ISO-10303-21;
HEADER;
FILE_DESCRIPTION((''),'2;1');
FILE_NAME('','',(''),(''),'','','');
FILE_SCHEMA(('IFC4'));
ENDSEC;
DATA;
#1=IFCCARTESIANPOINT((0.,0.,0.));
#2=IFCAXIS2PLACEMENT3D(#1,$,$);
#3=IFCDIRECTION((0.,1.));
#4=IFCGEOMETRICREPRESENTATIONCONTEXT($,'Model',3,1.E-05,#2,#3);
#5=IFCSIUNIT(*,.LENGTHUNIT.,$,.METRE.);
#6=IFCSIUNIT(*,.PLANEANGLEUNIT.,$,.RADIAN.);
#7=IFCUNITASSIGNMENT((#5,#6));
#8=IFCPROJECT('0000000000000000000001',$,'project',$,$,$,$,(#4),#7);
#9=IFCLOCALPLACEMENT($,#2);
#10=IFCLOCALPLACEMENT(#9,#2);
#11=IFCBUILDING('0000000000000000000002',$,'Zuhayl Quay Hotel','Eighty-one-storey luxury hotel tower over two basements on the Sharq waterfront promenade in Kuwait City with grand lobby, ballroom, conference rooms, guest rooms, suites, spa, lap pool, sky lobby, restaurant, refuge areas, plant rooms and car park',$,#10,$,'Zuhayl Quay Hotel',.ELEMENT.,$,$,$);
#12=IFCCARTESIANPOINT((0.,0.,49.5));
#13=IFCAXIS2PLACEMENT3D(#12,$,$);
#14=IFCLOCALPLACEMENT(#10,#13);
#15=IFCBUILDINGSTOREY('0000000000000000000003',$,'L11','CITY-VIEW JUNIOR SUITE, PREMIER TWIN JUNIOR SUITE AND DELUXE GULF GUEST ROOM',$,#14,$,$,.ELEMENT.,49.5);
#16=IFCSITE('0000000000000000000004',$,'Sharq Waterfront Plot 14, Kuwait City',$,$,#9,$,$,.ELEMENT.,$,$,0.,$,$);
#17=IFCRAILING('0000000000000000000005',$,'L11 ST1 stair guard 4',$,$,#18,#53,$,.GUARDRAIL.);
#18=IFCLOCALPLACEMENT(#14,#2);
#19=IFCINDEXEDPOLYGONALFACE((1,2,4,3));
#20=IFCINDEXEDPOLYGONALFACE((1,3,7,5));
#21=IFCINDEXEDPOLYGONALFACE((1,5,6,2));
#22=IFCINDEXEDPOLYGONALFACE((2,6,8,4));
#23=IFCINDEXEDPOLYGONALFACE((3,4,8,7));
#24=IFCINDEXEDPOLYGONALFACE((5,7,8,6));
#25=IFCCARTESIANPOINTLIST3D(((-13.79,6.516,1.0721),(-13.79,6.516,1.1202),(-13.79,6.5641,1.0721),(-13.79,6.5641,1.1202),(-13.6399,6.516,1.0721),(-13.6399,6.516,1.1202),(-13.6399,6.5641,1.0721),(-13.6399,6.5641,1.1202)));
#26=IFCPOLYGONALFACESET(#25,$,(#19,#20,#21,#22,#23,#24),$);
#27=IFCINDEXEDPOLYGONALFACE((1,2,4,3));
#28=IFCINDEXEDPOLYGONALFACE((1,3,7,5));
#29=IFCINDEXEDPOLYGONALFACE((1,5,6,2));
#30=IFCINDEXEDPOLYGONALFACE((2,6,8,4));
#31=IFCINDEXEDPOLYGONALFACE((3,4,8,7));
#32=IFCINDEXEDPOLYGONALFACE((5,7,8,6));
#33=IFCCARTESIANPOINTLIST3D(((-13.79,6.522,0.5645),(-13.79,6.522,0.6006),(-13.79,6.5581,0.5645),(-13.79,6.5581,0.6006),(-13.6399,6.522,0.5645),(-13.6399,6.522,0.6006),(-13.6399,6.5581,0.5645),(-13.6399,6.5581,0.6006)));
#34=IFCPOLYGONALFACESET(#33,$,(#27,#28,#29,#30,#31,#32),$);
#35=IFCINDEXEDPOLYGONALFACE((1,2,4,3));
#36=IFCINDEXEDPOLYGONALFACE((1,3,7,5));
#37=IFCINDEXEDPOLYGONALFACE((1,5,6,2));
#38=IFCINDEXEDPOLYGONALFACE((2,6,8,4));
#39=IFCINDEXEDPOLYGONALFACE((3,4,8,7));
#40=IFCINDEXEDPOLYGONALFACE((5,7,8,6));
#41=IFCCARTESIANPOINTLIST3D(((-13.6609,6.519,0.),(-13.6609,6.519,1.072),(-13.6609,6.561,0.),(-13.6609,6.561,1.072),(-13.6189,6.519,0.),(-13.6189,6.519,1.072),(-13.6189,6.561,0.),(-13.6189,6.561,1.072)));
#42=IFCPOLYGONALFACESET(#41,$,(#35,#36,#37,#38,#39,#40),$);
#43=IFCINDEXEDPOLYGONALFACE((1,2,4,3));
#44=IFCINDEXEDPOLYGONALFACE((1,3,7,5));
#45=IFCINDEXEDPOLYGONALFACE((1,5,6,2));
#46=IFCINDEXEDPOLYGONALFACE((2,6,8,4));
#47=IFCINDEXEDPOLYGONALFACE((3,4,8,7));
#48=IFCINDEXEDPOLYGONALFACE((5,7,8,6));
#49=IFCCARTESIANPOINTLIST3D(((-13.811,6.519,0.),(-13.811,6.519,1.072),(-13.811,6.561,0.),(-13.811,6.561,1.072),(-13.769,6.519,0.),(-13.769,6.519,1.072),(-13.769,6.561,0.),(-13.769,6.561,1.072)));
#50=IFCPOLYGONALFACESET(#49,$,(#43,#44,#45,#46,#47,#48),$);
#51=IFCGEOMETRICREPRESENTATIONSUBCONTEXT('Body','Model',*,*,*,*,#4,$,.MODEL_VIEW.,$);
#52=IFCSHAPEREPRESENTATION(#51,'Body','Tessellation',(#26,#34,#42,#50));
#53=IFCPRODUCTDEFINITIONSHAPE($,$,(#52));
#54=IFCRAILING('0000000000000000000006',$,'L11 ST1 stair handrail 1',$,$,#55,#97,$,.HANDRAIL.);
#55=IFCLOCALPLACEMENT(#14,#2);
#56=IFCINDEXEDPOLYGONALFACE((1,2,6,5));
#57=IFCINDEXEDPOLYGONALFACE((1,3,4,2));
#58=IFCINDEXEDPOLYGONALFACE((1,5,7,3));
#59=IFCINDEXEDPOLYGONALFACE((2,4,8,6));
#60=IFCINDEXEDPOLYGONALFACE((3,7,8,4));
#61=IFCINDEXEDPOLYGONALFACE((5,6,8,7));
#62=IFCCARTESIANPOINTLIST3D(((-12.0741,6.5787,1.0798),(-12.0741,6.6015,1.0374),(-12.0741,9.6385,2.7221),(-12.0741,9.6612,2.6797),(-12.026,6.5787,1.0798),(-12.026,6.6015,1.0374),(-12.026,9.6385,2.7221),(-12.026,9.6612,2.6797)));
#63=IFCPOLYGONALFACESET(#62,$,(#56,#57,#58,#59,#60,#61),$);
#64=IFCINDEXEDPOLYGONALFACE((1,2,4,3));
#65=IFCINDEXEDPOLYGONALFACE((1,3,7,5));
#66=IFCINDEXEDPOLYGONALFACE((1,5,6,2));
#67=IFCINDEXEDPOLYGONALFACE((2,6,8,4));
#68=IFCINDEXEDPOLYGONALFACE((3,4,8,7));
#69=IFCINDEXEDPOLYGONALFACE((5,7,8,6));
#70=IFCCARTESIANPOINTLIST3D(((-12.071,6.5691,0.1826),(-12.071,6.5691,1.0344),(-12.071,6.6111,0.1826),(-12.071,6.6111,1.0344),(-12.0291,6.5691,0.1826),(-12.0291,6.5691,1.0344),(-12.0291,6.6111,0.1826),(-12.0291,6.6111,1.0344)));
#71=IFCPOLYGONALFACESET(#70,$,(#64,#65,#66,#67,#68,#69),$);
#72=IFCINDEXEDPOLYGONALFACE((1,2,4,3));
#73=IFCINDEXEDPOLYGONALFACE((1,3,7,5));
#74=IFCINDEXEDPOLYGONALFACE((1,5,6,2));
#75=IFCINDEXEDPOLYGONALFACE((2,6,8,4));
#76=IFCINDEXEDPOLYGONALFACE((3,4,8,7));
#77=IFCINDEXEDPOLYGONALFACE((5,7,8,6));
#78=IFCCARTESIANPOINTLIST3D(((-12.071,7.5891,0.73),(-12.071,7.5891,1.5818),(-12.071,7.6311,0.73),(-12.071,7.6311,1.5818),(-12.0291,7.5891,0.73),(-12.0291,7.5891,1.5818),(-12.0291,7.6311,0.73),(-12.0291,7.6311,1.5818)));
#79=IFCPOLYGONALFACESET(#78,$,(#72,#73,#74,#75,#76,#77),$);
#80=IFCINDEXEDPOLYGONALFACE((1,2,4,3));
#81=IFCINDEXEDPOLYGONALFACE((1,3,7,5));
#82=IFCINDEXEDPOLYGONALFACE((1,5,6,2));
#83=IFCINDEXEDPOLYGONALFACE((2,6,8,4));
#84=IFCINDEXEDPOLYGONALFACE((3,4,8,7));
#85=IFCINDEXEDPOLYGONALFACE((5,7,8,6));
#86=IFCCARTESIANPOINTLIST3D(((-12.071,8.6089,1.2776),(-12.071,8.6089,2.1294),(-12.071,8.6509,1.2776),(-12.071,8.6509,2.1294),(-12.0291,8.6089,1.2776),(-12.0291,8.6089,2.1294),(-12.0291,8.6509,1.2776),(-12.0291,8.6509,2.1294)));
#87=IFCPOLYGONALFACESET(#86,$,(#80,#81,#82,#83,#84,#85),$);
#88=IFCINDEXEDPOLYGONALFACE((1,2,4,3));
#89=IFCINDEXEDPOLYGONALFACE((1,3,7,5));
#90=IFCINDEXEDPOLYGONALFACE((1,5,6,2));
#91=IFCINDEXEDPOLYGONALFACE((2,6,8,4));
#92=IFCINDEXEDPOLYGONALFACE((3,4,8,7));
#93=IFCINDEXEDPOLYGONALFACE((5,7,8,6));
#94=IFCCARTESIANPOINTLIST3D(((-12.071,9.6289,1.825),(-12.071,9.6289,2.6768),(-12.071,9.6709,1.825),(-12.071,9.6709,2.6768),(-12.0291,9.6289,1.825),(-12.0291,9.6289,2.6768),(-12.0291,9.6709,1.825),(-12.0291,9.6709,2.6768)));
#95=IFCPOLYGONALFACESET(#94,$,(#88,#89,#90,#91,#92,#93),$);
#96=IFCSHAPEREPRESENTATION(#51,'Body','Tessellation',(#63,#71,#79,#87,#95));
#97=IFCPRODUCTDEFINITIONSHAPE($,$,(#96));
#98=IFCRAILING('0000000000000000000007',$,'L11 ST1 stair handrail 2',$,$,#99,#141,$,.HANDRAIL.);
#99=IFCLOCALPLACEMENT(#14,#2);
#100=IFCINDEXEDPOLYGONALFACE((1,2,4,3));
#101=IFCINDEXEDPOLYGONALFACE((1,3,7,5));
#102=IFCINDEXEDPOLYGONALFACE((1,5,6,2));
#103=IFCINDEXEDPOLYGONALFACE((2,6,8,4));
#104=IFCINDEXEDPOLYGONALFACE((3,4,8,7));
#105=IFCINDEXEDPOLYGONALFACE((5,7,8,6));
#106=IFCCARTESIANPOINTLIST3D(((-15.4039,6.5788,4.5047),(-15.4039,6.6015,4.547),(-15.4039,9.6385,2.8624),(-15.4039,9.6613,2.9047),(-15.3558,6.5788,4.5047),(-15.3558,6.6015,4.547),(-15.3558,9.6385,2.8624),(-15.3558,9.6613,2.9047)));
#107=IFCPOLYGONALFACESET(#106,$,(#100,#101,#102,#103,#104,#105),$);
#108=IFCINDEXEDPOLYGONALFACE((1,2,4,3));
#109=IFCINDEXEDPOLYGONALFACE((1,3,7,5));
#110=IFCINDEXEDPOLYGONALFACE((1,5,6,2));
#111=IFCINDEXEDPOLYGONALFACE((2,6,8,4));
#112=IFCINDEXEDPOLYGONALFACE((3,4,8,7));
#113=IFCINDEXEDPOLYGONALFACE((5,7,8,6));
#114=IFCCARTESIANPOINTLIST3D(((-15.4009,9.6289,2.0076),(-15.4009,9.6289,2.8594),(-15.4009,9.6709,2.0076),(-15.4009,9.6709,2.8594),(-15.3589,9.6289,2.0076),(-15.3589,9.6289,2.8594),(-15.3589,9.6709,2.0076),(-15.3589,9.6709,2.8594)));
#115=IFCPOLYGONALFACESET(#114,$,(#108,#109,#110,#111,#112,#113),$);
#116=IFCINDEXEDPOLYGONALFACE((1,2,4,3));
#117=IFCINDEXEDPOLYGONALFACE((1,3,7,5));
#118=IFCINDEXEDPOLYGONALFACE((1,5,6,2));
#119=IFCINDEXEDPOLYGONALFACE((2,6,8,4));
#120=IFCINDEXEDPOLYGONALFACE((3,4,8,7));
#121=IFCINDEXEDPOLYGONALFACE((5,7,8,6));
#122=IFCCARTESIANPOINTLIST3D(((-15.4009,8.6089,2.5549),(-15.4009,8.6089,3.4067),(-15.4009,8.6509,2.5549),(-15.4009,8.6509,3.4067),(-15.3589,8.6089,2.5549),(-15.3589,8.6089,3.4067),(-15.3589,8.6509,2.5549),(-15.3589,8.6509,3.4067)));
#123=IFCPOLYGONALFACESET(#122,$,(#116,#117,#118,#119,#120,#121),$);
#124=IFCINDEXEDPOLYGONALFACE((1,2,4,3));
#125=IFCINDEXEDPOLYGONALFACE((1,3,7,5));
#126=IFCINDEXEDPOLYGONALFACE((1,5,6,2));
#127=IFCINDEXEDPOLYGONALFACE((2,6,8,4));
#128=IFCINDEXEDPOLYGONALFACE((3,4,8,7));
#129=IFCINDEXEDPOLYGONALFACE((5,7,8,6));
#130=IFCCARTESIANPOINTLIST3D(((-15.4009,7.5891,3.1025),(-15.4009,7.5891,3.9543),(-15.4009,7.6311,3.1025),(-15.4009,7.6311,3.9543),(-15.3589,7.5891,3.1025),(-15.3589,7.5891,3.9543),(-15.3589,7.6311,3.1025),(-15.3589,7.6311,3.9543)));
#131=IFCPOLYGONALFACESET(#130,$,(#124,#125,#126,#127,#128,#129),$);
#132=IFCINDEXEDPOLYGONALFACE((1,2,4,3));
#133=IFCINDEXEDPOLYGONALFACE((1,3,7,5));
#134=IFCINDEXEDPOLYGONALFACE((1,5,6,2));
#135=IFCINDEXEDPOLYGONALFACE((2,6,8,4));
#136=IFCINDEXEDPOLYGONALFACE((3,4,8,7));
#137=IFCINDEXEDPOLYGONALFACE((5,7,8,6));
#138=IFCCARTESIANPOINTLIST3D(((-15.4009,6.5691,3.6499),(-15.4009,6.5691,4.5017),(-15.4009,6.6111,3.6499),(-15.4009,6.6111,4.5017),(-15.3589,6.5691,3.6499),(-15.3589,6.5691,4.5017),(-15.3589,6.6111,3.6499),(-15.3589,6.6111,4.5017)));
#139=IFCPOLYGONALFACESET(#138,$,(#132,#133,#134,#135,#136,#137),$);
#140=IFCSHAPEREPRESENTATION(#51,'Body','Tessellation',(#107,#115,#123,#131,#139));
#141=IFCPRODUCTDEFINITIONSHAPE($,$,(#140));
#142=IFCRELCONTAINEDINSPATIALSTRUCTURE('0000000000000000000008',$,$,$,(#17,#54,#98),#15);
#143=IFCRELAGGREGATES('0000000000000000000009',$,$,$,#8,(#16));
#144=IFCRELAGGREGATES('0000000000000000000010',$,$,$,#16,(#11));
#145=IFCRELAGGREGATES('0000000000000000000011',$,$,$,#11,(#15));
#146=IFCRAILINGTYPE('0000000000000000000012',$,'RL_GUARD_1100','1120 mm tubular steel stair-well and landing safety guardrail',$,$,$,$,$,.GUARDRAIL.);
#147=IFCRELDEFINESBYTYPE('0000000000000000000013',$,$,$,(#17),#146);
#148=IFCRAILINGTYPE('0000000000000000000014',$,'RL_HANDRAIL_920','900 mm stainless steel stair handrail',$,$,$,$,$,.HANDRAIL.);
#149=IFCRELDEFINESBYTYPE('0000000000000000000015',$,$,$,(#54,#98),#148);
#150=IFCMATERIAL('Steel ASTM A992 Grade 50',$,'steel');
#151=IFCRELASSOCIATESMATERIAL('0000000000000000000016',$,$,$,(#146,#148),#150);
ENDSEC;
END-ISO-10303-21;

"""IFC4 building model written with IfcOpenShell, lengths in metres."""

from ifc_helpers import new_model, si_unit, direction, frame, origin, origin_2d, place, context, subcontext, project, spatial, rectangle, extrude, material, type_object, element, save


model = new_model("IFC4")

# Units and contexts
model_context = context("Model", 3, precision=1e-05, world=origin(), true_north=direction((0.0, 1.0)))
body_context = subcontext(model_context, "Body", "Model", "MODEL_VIEW")
ifc_project = project(units=[si_unit("LENGTHUNIT", "METRE"), si_unit("PLANEANGLEUNIT", "RADIAN")], contexts=[model_context])

# Site, building, storey
site_placement = place(None, origin())
site = spatial("IfcSite", under=ifc_project, at=site_placement, Name="Sharq Waterfront Plot 14, Kuwait City", CompositionType="ELEMENT", RefElevation=0.0)
building_placement = place(site_placement, origin())
building = spatial("IfcBuilding", under=site, at=building_placement, Name="Zuhayl Quay Hotel", Description="Eighty-one-storey luxury hotel tower over two basements on the Sharq waterfront promenade in Kuwait City with grand lobby, ballroom, conference rooms, guest rooms, suites, spa, lap pool, sky lobby, restaurant, refuge areas, plant rooms and car park", LongName="Zuhayl Quay Hotel", CompositionType="ELEMENT")
storey_placement = place(building_placement, frame((0.0, 0.0, 49.5)))
storey = spatial("IfcBuildingStorey", under=building, at=storey_placement, Name="L11", Description="CITY-VIEW JUNIOR SUITE, PREMIER TWIN JUNIOR SUITE AND DELUXE GULF GUEST ROOM", CompositionType="ELEMENT", Elevation=49.5)

# Shared definitions
ifc_material_1 = material(Name="Steel ASTM A992 Grade 50", Category="steel")

# Railings
railing_type_1 = type_object("IfcRailingType", Name="RL_GUARD_1100", Description="1120 mm tubular steel stair-well and landing safety guardrail", PredefinedType="GUARDRAIL", material=ifc_material_1)
railing_1_placement = place(storey_placement, frame((-13.6399, 6.54, 0.0)))
element("IfcRailing", 1, at=railing_1_placement, inside=storey, type_object=railing_type_1, Name="L11 ST1 stair guard 4", PredefinedType="GUARDRAIL", context=body_context, shape_type="SweptSolid", body=[
    extrude(rectangle(XDim=0.0481, YDim=0.0481, at=origin_2d()), frame((0.0, 0.0, 1.0962), z_axis=(-1.0, 0.0, 0.0), x_axis=(0.0, -1.0, 0.0)), (0.0, 0.0, 1.0), 0.1501),
    extrude(rectangle(XDim=0.0361, YDim=0.0361, at=origin_2d()), frame((0.0, 0.0, 0.5825), z_axis=(-1.0, 0.0, 0.0), x_axis=(0.0, -1.0, 0.0)), (0.0, 0.0, 1.0), 0.1501),
    extrude(rectangle(XDim=0.042, YDim=0.042, at=origin_2d()), origin(), (0.0, 0.0, 1.0), 1.072),
    extrude(rectangle(XDim=0.042, YDim=0.042, at=origin_2d()), frame((-0.1501, 0.0, 0.0)), (0.0, 0.0, 1.0), 1.072),
])
railing_type_2 = type_object("IfcRailingType", Name="RL_HANDRAIL_920", Description="900 mm stainless steel stair handrail", PredefinedType="HANDRAIL", material=ifc_material_1)
railing_2_placement = place(storey_placement, frame((-12.05, 6.5901, 0.1826)))
element("IfcRailing", 2, at=railing_2_placement, inside=storey, type_object=railing_type_2, Name="L11 ST1 stair handrail 1", PredefinedType="HANDRAIL", context=body_context, shape_type="SweptSolid", body=[
    extrude(rectangle(XDim=0.0481, YDim=0.0481, at=origin_2d()), frame((0.0, 0.0, 0.876), z_axis=(0.0, 0.881102, 0.472926), x_axis=(-1.0, 0.0, 0.0)), (0.0, 0.0, 1.0), 3.4727),
    extrude(rectangle(XDim=0.042, YDim=0.042, at=origin_2d()), origin(), (0.0, 0.0, 1.0), 0.8518),
    extrude(rectangle(XDim=0.042, YDim=0.042, at=origin_2d()), frame((0.0, 1.02, 0.5474)), (0.0, 0.0, 1.0), 0.8518),
    extrude(rectangle(XDim=0.042, YDim=0.042, at=origin_2d()), frame((0.0, 2.0398, 1.095)), (0.0, 0.0, 1.0), 0.8518),
    extrude(rectangle(XDim=0.042, YDim=0.042, at=origin_2d()), frame((0.0, 3.0598, 1.6423)), (0.0, 0.0, 1.0), 0.8518),
])
railing_3_placement = place(storey_placement, frame((-15.3799, 9.6499, 2.0076)))
element("IfcRailing", 3, at=railing_3_placement, inside=storey, type_object=railing_type_2, Name="L11 ST1 stair handrail 2", PredefinedType="HANDRAIL", context=body_context, shape_type="SweptSolid", body=[
    extrude(rectangle(XDim=0.0481, YDim=0.0481, at=origin_2d()), frame((0.0, 0.0, 0.876), z_axis=(0.0, -0.881102, 0.472926), x_axis=(1.0, 0.0, 0.0)), (0.0, 0.0, 1.0), 3.4727),
    extrude(rectangle(XDim=0.042, YDim=0.042, at=origin_2d()), origin(), (0.0, 0.0, 1.0), 0.8518),
    extrude(rectangle(XDim=0.042, YDim=0.042, at=origin_2d()), frame((0.0, -1.02, 0.5474)), (0.0, 0.0, 1.0), 0.8518),
    extrude(rectangle(XDim=0.042, YDim=0.042, at=origin_2d()), frame((0.0, -2.0398, 1.095)), (0.0, 0.0, 1.0), 0.8518),
    extrude(rectangle(XDim=0.042, YDim=0.042, at=origin_2d()), frame((0.0, -3.0598, 1.6423)), (0.0, 0.0, 1.0), 0.8518),
])

save(model, "model.ifc")
